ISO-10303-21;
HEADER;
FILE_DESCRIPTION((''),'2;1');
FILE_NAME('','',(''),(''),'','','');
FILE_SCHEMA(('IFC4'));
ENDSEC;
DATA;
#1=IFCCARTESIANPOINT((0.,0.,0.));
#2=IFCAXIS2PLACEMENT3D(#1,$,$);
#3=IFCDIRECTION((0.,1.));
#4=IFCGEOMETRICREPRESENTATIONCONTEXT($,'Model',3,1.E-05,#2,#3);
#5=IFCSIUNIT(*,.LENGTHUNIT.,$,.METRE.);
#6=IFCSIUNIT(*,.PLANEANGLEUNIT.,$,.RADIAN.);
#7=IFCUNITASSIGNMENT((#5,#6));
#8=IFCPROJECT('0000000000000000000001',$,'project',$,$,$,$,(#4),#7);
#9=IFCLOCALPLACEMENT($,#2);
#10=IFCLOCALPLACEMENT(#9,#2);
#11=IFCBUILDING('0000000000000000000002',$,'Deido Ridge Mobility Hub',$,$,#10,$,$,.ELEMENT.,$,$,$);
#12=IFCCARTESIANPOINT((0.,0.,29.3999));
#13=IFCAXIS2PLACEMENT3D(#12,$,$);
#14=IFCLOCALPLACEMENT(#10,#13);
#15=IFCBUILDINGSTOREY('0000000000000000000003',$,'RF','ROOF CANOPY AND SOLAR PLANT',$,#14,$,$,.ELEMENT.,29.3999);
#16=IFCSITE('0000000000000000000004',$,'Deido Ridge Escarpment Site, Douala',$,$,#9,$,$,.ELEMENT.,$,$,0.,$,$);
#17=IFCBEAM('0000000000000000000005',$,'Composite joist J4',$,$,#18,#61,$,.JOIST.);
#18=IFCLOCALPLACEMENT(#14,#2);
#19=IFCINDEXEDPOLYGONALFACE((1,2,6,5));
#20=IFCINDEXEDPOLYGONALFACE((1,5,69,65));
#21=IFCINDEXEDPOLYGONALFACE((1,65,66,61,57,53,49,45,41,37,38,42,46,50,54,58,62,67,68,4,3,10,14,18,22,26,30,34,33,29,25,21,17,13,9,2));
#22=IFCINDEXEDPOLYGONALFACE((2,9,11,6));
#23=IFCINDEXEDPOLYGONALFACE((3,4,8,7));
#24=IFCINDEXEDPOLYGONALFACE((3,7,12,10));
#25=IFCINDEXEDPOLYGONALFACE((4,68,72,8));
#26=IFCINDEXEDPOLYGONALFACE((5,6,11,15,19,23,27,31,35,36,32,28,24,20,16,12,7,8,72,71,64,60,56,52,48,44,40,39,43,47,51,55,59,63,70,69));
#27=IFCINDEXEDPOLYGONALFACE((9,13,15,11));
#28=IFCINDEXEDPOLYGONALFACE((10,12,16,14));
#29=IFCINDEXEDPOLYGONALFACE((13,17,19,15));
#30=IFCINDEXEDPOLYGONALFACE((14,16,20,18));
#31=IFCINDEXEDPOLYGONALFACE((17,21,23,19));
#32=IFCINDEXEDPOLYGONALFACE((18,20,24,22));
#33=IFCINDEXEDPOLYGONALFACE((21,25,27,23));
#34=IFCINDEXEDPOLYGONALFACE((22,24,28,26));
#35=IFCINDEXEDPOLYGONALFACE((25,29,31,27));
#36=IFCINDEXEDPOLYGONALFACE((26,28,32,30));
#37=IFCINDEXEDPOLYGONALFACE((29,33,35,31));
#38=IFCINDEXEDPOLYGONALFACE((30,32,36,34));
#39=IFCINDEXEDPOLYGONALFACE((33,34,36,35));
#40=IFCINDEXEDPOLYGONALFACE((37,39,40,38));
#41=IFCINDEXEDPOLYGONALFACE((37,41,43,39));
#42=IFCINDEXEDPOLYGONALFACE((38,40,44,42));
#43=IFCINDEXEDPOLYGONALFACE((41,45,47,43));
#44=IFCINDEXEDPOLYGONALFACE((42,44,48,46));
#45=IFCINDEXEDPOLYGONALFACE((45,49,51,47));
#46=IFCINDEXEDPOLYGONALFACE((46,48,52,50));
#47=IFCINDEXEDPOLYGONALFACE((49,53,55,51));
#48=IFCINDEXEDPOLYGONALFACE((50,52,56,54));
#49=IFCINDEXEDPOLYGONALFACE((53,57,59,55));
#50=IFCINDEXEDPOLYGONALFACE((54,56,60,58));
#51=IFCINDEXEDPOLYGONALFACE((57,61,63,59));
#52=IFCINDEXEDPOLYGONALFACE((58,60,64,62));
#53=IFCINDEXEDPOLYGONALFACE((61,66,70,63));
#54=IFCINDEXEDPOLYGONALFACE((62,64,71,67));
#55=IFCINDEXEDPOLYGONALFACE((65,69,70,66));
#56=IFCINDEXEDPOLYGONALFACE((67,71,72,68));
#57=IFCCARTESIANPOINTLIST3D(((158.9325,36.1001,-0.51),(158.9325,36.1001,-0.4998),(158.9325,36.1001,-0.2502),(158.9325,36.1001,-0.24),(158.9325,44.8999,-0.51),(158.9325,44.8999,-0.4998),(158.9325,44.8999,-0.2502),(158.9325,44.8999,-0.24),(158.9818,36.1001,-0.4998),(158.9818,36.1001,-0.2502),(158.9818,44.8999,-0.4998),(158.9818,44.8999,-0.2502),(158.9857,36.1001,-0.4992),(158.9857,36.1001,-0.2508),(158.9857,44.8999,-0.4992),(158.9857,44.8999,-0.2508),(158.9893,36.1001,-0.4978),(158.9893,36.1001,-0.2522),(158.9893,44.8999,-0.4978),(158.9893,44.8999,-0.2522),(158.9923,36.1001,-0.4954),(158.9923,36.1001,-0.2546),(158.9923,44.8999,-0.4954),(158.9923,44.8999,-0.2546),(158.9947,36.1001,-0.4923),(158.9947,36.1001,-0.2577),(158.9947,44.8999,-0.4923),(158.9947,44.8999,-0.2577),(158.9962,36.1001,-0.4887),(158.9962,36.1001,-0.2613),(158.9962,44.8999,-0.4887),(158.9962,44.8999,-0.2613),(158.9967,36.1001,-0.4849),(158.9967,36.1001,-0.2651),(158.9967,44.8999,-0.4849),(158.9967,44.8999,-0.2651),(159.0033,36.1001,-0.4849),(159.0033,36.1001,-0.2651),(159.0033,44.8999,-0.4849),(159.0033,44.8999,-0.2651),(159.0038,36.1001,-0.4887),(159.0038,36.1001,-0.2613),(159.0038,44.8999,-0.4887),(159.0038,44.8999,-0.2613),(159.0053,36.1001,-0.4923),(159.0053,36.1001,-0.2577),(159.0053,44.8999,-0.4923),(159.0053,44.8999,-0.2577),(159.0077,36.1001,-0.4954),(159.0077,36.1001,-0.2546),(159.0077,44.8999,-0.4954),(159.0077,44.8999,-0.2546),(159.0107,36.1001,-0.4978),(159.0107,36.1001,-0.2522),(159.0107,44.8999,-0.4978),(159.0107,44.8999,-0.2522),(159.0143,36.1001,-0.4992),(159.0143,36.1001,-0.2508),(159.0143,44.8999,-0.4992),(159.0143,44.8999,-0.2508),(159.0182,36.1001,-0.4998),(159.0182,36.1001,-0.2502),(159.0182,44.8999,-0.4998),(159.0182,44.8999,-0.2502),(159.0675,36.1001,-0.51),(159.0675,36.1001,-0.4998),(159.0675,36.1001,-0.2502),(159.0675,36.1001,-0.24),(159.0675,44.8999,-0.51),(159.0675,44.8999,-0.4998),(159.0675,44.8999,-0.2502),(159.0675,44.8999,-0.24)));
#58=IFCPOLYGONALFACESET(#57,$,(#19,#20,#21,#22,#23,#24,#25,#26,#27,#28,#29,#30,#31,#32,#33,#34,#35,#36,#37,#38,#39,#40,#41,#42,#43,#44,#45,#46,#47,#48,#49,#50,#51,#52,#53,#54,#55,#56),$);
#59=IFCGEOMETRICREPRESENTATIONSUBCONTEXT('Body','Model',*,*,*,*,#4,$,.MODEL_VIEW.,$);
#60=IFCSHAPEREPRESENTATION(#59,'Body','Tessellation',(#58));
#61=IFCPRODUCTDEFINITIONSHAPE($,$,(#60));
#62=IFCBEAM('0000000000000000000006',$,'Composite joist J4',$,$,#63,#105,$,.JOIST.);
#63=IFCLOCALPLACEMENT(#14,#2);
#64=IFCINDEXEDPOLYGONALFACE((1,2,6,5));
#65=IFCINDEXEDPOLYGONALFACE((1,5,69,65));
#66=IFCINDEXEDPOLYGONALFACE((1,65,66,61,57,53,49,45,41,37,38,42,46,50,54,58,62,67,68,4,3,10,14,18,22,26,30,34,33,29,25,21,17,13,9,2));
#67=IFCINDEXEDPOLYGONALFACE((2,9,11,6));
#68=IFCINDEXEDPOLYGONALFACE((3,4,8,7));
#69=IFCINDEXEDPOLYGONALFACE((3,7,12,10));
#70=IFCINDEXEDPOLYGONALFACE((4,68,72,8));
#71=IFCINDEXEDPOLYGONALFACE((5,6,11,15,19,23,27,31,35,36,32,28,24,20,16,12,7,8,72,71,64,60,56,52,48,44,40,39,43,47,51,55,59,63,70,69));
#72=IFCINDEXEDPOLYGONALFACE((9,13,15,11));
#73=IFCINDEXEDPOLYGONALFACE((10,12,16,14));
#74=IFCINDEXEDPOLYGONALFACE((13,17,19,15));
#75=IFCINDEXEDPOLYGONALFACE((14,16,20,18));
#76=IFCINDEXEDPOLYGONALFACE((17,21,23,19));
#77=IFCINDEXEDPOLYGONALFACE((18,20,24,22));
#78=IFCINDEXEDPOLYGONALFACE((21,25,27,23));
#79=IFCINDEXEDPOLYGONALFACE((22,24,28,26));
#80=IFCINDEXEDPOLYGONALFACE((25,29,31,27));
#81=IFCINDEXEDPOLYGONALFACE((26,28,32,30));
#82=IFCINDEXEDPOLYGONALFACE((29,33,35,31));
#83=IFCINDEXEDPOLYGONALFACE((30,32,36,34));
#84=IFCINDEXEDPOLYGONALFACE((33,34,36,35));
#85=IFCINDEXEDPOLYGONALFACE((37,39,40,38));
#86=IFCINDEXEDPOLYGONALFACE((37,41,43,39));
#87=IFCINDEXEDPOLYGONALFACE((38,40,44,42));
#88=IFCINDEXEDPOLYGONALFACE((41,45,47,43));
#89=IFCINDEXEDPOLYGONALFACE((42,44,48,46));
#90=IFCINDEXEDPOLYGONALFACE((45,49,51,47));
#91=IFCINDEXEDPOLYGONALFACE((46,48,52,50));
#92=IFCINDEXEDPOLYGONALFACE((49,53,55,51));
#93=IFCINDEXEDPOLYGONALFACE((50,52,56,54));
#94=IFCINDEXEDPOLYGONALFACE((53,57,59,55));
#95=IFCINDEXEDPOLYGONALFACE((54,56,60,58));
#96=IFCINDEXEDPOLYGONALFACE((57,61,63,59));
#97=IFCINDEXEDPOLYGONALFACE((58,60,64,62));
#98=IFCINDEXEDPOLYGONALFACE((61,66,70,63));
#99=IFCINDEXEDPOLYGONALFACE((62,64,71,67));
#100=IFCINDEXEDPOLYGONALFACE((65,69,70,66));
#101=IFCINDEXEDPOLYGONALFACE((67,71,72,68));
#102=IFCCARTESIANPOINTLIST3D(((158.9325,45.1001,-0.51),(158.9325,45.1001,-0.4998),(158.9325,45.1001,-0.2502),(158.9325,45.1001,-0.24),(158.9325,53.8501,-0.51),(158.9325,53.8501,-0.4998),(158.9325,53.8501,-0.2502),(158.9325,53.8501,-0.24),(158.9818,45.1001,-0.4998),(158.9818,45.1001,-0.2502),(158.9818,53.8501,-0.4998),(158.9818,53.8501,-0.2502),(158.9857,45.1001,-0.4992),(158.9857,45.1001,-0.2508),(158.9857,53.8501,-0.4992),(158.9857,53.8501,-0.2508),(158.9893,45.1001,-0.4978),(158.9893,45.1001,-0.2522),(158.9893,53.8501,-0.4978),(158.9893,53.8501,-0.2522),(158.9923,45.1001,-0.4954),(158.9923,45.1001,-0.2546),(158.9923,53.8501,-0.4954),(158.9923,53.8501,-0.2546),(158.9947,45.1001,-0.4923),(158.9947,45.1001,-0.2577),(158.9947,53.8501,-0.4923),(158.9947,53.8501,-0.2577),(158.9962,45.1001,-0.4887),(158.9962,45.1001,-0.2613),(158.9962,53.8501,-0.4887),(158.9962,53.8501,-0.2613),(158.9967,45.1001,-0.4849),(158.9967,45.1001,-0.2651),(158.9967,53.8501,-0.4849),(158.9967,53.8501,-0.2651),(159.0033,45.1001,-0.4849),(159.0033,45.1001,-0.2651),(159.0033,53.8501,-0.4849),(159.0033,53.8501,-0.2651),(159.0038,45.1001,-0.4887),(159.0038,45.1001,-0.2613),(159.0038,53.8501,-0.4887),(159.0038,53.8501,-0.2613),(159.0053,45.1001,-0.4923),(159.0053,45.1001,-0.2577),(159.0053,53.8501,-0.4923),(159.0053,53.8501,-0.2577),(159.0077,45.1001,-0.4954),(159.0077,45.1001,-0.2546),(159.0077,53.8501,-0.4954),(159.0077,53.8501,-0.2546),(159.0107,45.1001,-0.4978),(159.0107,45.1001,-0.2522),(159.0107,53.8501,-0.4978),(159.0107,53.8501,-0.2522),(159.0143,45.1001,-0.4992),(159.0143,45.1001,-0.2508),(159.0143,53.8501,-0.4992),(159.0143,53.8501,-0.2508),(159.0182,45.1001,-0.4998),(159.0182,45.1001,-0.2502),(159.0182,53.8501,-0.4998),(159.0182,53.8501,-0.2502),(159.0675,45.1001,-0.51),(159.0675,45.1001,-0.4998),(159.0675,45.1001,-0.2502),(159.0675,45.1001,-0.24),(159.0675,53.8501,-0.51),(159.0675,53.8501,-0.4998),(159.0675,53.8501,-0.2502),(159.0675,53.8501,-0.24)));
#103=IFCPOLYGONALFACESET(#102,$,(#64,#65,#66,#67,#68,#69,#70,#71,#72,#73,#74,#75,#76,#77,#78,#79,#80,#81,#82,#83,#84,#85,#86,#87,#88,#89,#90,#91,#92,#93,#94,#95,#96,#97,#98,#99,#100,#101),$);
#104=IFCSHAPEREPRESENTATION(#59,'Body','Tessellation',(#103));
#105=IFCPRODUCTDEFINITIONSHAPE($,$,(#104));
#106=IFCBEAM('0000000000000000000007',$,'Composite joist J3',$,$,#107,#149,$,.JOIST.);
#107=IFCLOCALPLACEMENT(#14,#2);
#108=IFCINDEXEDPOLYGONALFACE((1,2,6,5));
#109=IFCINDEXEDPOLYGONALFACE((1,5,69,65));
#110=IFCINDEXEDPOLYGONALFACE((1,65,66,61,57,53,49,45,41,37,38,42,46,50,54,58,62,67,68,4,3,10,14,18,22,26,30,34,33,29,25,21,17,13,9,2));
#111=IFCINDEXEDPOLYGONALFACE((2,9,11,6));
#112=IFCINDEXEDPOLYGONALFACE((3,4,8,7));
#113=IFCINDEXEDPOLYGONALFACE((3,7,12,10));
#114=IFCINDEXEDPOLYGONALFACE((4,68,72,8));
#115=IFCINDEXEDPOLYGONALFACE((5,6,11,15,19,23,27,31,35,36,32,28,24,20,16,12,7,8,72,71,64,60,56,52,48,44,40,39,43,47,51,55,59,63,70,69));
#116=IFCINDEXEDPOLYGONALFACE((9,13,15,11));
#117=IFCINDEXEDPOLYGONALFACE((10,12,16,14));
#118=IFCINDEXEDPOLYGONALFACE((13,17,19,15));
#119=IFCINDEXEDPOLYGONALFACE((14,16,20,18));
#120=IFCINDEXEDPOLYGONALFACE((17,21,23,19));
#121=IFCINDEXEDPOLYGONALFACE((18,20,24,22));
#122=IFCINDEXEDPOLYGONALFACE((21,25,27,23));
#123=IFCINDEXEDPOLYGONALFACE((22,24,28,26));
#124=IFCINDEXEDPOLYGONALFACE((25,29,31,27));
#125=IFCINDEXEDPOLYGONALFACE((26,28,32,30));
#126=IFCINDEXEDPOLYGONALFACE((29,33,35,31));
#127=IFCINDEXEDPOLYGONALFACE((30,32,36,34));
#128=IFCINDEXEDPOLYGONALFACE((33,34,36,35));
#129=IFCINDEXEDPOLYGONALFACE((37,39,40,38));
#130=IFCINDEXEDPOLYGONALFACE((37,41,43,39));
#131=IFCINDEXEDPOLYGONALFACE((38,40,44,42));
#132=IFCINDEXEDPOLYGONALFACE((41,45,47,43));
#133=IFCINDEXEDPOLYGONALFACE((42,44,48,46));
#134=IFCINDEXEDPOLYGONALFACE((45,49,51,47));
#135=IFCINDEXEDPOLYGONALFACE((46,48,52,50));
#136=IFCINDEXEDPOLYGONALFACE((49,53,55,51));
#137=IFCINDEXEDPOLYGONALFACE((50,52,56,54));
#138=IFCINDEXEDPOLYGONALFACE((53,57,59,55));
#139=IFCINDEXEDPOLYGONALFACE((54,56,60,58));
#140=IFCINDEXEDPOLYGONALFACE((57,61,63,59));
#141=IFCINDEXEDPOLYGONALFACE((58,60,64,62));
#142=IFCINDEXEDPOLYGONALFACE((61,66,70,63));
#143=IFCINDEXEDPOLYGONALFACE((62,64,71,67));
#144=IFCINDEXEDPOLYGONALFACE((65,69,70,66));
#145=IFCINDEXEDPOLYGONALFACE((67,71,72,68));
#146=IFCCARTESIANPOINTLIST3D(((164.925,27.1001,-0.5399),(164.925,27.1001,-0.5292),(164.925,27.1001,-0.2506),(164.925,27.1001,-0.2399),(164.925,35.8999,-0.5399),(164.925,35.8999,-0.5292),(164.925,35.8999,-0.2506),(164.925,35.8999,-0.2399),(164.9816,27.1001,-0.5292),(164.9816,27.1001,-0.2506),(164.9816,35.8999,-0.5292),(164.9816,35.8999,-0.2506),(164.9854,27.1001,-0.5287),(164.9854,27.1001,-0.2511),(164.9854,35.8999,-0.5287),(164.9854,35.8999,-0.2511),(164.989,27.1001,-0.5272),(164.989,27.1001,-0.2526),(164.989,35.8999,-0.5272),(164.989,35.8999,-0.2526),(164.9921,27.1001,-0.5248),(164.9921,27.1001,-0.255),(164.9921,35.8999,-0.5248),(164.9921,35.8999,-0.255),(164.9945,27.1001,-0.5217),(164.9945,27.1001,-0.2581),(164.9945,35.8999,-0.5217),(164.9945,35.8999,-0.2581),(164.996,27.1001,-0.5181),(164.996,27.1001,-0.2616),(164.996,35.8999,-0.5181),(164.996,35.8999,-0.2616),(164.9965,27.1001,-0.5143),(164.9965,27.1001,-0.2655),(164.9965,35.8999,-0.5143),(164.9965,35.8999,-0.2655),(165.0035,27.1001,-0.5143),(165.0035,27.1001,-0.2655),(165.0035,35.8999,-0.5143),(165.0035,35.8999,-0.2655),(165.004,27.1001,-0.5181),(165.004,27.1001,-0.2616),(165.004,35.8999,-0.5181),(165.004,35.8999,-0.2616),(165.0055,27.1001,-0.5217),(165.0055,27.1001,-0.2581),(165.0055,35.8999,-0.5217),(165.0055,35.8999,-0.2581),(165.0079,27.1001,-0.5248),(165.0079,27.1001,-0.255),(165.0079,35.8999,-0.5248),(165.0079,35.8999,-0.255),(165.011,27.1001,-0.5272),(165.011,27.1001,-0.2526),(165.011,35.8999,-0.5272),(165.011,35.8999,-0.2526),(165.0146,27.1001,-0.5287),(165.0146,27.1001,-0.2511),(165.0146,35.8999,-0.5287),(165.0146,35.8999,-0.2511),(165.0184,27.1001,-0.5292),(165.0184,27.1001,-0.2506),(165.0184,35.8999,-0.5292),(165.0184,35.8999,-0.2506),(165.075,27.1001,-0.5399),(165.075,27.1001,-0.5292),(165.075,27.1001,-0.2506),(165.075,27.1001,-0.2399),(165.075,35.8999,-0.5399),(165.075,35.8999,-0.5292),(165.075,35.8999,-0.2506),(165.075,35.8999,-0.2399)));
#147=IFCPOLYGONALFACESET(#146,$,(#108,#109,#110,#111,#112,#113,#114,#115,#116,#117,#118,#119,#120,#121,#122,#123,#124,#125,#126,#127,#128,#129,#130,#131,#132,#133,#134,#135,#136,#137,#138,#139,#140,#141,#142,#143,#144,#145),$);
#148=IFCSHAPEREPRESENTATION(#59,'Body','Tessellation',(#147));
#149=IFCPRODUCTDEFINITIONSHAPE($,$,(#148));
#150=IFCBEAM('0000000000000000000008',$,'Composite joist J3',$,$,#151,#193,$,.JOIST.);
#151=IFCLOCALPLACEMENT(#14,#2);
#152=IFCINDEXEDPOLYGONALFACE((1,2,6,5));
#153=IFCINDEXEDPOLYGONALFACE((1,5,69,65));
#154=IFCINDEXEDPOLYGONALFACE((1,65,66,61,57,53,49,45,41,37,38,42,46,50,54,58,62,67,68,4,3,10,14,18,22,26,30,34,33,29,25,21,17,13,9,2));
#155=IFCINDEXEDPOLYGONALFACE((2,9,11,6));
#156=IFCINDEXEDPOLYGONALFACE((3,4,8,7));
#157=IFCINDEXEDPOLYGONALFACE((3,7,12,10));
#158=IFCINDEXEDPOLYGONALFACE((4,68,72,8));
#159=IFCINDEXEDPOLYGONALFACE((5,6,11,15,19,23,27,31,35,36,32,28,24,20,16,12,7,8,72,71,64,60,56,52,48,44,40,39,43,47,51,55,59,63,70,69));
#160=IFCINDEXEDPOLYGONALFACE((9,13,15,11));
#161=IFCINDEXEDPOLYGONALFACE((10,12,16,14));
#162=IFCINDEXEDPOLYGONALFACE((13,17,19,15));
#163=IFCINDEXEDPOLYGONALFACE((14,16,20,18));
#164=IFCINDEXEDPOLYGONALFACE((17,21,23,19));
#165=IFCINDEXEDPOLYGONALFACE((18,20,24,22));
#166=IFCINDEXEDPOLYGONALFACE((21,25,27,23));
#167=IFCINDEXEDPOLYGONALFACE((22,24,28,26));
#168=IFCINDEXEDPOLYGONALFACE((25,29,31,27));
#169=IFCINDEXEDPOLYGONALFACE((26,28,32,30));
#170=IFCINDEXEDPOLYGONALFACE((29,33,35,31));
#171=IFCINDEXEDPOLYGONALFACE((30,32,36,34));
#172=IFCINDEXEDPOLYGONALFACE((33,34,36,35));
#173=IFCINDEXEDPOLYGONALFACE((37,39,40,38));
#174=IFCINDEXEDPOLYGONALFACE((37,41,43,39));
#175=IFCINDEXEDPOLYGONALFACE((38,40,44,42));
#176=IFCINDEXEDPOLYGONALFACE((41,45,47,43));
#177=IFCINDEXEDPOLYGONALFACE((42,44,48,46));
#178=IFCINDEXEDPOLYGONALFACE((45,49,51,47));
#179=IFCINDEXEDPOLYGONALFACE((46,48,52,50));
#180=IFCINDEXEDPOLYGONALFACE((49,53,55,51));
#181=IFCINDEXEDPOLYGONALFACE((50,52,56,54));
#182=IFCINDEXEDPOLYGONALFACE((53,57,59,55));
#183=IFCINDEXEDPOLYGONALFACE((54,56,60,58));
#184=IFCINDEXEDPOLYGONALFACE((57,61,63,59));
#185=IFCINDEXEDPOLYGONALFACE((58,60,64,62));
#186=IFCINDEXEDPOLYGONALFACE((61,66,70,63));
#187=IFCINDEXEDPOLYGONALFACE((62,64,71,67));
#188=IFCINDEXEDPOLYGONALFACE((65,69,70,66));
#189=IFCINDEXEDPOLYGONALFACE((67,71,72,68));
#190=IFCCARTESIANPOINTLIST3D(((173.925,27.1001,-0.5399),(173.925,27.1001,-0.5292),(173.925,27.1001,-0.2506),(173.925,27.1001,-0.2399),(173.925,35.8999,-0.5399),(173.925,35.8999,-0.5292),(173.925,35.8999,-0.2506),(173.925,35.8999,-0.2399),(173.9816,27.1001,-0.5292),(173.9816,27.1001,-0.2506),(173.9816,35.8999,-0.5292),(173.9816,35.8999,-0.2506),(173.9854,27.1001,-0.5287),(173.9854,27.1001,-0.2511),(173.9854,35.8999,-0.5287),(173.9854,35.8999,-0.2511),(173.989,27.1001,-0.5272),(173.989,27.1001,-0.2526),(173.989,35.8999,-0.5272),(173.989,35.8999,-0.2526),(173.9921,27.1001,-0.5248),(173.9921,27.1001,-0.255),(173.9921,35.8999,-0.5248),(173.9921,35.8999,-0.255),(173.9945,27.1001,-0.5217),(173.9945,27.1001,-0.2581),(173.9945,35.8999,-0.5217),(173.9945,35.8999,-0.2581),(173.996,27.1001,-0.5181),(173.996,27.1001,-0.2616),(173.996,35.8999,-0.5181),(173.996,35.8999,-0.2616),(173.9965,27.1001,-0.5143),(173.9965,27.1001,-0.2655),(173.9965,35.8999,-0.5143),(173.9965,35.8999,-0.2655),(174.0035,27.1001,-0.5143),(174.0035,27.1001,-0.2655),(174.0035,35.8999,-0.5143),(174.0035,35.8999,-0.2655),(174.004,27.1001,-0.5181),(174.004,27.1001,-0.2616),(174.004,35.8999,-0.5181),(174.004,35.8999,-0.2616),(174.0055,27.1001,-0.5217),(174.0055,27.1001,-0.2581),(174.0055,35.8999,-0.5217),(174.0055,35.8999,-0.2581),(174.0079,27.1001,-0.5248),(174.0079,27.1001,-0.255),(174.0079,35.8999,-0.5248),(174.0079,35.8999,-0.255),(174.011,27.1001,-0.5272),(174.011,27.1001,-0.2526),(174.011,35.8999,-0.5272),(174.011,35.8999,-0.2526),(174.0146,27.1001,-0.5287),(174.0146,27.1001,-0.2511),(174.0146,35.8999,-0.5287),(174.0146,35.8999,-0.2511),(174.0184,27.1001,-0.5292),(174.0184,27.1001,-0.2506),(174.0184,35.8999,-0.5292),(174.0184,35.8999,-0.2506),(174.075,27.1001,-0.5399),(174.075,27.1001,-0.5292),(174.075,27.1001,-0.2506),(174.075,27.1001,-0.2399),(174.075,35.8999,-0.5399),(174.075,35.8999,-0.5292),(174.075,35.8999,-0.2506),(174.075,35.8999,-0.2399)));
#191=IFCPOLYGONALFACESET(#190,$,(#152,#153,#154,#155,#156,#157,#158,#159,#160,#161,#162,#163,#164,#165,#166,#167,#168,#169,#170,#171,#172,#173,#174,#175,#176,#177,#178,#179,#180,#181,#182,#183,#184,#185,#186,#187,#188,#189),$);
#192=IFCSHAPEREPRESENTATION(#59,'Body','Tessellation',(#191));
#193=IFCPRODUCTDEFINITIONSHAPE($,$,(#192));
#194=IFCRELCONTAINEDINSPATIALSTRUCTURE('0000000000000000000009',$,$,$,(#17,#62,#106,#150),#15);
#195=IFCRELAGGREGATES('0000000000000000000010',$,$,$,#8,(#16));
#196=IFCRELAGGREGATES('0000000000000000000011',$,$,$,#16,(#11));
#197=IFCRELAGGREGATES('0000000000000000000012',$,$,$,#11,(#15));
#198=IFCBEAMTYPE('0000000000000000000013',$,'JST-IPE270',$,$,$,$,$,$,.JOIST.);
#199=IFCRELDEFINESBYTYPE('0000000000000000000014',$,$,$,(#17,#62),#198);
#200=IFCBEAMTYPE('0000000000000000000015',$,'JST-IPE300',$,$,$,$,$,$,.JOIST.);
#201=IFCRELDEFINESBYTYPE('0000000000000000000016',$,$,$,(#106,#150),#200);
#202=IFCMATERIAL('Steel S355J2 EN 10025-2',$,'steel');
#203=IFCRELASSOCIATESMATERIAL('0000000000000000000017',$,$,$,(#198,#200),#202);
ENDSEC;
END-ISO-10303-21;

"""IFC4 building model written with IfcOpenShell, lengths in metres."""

from ifc_helpers import new_model, si_unit, direction, frame, origin, origin_2d, place, context, subcontext, project, spatial, i_section, extrude, material, material_profile, profile_set, type_object, element, save


model = new_model("IFC4")

# Units and contexts
model_context = context("Model", 3, precision=1e-05, world=origin(), true_north=direction((0.0, 1.0)))
body_context = subcontext(model_context, "Body", "Model", "MODEL_VIEW")
ifc_project = project(units=[si_unit("LENGTHUNIT", "METRE"), si_unit("PLANEANGLEUNIT", "RADIAN")], contexts=[model_context])

# Site, building, storey
site_placement = place(None, origin())
site = spatial("IfcSite", under=ifc_project, at=site_placement, Name="Deido Ridge Escarpment Site, Douala", CompositionType="ELEMENT", RefElevation=0.0)
building_placement = place(site_placement, origin())
building = spatial("IfcBuilding", under=site, at=building_placement, Name="Deido Ridge Mobility Hub", CompositionType="ELEMENT")
storey_placement = place(building_placement, frame((0.0, 0.0, 29.3999)))
storey = spatial("IfcBuildingStorey", under=building, at=storey_placement, Name="RF", Description="ROOF CANOPY AND SOLAR PLANT", CompositionType="ELEMENT", Elevation=29.3999)

# Beams
ifc_material_1 = material(Name="Steel S355J2 EN 10025-2", Category="steel")
ifc_material_profile_1 = material_profile(ifc_material_1, i_section(OverallWidth=0.135, OverallDepth=0.27, WebThickness=0.0066, FlangeThickness=0.0103, FilletRadius=0.0149, at=origin_2d()), Name="IPE 270")
ifc_profile_set_1 = profile_set([ifc_material_profile_1], Name="Steel S355J2 EN 10025-2")
beam_type_1 = type_object("IfcBeamType", Name="JST-IPE270", PredefinedType="JOIST", material=ifc_profile_set_1)
for number, where, z_axis, x_axis, name in (
    (1, (159.0, 36.1001, -0.375), (0.0, 1.0, 0.0), (-1.0, 0.0, 0.0), "Composite joist J4"),
):
    element("IfcBeam", number, at=place(storey_placement, frame(where, z_axis=z_axis, x_axis=x_axis)), inside=storey, type_object=beam_type_1, Name=name, PredefinedType="JOIST", context=body_context, shape_type="SweptSolid", body=[
        extrude(i_section(OverallWidth=0.135, OverallDepth=0.27, WebThickness=0.0066, FlangeThickness=0.0103, FilletRadius=0.0149, at=origin_2d()), origin(), (0.0, 0.0, 1.0), 8.7998),
    ])
beam_placement = place(storey_placement, frame((159.0, 45.1001, -0.375), z_axis=(0.0, 1.0, 0.0), x_axis=(-1.0, 0.0, 0.0)))
element("IfcBeam", 2, at=beam_placement, inside=storey, type_object=beam_type_1, Name="Composite joist J4", PredefinedType="JOIST", context=body_context, shape_type="SweptSolid", body=[
    extrude(i_section(OverallWidth=0.135, OverallDepth=0.27, WebThickness=0.0066, FlangeThickness=0.0103, FilletRadius=0.0149, at=origin_2d()), origin(), (0.0, 0.0, 1.0), 8.75),
])
ifc_material_profile_2 = material_profile(ifc_material_1, i_section(OverallWidth=0.1499, OverallDepth=0.3, WebThickness=0.0071, FlangeThickness=0.0107, FilletRadius=0.0149, at=origin_2d()), Name="IPE 300")
ifc_profile_set_2 = profile_set([ifc_material_profile_2], Name="Steel S355J2 EN 10025-2")
beam_type_2 = type_object("IfcBeamType", Name="JST-IPE300", PredefinedType="JOIST", material=ifc_profile_set_2)
for number, where, z_axis, x_axis, name in (
    (3, (165.0, 27.1001, -0.3899), (0.0, 1.0, 0.0), (-1.0, 0.0, 0.0), "Composite joist J3"),
    (4, (174.0, 27.1001, -0.3899), (0.0, 1.0, 0.0), (-1.0, 0.0, 0.0), "Composite joist J3"),
):
    element("IfcBeam", number, at=place(storey_placement, frame(where, z_axis=z_axis, x_axis=x_axis)), inside=storey, type_object=beam_type_2, Name=name, PredefinedType="JOIST", context=body_context, shape_type="SweptSolid", body=[
        extrude(i_section(OverallWidth=0.1499, OverallDepth=0.3, WebThickness=0.0071, FlangeThickness=0.0107, FilletRadius=0.0149, at=origin_2d()), origin(), (0.0, 0.0, 1.0), 8.7998),
    ])

save(model, "model.ifc")
